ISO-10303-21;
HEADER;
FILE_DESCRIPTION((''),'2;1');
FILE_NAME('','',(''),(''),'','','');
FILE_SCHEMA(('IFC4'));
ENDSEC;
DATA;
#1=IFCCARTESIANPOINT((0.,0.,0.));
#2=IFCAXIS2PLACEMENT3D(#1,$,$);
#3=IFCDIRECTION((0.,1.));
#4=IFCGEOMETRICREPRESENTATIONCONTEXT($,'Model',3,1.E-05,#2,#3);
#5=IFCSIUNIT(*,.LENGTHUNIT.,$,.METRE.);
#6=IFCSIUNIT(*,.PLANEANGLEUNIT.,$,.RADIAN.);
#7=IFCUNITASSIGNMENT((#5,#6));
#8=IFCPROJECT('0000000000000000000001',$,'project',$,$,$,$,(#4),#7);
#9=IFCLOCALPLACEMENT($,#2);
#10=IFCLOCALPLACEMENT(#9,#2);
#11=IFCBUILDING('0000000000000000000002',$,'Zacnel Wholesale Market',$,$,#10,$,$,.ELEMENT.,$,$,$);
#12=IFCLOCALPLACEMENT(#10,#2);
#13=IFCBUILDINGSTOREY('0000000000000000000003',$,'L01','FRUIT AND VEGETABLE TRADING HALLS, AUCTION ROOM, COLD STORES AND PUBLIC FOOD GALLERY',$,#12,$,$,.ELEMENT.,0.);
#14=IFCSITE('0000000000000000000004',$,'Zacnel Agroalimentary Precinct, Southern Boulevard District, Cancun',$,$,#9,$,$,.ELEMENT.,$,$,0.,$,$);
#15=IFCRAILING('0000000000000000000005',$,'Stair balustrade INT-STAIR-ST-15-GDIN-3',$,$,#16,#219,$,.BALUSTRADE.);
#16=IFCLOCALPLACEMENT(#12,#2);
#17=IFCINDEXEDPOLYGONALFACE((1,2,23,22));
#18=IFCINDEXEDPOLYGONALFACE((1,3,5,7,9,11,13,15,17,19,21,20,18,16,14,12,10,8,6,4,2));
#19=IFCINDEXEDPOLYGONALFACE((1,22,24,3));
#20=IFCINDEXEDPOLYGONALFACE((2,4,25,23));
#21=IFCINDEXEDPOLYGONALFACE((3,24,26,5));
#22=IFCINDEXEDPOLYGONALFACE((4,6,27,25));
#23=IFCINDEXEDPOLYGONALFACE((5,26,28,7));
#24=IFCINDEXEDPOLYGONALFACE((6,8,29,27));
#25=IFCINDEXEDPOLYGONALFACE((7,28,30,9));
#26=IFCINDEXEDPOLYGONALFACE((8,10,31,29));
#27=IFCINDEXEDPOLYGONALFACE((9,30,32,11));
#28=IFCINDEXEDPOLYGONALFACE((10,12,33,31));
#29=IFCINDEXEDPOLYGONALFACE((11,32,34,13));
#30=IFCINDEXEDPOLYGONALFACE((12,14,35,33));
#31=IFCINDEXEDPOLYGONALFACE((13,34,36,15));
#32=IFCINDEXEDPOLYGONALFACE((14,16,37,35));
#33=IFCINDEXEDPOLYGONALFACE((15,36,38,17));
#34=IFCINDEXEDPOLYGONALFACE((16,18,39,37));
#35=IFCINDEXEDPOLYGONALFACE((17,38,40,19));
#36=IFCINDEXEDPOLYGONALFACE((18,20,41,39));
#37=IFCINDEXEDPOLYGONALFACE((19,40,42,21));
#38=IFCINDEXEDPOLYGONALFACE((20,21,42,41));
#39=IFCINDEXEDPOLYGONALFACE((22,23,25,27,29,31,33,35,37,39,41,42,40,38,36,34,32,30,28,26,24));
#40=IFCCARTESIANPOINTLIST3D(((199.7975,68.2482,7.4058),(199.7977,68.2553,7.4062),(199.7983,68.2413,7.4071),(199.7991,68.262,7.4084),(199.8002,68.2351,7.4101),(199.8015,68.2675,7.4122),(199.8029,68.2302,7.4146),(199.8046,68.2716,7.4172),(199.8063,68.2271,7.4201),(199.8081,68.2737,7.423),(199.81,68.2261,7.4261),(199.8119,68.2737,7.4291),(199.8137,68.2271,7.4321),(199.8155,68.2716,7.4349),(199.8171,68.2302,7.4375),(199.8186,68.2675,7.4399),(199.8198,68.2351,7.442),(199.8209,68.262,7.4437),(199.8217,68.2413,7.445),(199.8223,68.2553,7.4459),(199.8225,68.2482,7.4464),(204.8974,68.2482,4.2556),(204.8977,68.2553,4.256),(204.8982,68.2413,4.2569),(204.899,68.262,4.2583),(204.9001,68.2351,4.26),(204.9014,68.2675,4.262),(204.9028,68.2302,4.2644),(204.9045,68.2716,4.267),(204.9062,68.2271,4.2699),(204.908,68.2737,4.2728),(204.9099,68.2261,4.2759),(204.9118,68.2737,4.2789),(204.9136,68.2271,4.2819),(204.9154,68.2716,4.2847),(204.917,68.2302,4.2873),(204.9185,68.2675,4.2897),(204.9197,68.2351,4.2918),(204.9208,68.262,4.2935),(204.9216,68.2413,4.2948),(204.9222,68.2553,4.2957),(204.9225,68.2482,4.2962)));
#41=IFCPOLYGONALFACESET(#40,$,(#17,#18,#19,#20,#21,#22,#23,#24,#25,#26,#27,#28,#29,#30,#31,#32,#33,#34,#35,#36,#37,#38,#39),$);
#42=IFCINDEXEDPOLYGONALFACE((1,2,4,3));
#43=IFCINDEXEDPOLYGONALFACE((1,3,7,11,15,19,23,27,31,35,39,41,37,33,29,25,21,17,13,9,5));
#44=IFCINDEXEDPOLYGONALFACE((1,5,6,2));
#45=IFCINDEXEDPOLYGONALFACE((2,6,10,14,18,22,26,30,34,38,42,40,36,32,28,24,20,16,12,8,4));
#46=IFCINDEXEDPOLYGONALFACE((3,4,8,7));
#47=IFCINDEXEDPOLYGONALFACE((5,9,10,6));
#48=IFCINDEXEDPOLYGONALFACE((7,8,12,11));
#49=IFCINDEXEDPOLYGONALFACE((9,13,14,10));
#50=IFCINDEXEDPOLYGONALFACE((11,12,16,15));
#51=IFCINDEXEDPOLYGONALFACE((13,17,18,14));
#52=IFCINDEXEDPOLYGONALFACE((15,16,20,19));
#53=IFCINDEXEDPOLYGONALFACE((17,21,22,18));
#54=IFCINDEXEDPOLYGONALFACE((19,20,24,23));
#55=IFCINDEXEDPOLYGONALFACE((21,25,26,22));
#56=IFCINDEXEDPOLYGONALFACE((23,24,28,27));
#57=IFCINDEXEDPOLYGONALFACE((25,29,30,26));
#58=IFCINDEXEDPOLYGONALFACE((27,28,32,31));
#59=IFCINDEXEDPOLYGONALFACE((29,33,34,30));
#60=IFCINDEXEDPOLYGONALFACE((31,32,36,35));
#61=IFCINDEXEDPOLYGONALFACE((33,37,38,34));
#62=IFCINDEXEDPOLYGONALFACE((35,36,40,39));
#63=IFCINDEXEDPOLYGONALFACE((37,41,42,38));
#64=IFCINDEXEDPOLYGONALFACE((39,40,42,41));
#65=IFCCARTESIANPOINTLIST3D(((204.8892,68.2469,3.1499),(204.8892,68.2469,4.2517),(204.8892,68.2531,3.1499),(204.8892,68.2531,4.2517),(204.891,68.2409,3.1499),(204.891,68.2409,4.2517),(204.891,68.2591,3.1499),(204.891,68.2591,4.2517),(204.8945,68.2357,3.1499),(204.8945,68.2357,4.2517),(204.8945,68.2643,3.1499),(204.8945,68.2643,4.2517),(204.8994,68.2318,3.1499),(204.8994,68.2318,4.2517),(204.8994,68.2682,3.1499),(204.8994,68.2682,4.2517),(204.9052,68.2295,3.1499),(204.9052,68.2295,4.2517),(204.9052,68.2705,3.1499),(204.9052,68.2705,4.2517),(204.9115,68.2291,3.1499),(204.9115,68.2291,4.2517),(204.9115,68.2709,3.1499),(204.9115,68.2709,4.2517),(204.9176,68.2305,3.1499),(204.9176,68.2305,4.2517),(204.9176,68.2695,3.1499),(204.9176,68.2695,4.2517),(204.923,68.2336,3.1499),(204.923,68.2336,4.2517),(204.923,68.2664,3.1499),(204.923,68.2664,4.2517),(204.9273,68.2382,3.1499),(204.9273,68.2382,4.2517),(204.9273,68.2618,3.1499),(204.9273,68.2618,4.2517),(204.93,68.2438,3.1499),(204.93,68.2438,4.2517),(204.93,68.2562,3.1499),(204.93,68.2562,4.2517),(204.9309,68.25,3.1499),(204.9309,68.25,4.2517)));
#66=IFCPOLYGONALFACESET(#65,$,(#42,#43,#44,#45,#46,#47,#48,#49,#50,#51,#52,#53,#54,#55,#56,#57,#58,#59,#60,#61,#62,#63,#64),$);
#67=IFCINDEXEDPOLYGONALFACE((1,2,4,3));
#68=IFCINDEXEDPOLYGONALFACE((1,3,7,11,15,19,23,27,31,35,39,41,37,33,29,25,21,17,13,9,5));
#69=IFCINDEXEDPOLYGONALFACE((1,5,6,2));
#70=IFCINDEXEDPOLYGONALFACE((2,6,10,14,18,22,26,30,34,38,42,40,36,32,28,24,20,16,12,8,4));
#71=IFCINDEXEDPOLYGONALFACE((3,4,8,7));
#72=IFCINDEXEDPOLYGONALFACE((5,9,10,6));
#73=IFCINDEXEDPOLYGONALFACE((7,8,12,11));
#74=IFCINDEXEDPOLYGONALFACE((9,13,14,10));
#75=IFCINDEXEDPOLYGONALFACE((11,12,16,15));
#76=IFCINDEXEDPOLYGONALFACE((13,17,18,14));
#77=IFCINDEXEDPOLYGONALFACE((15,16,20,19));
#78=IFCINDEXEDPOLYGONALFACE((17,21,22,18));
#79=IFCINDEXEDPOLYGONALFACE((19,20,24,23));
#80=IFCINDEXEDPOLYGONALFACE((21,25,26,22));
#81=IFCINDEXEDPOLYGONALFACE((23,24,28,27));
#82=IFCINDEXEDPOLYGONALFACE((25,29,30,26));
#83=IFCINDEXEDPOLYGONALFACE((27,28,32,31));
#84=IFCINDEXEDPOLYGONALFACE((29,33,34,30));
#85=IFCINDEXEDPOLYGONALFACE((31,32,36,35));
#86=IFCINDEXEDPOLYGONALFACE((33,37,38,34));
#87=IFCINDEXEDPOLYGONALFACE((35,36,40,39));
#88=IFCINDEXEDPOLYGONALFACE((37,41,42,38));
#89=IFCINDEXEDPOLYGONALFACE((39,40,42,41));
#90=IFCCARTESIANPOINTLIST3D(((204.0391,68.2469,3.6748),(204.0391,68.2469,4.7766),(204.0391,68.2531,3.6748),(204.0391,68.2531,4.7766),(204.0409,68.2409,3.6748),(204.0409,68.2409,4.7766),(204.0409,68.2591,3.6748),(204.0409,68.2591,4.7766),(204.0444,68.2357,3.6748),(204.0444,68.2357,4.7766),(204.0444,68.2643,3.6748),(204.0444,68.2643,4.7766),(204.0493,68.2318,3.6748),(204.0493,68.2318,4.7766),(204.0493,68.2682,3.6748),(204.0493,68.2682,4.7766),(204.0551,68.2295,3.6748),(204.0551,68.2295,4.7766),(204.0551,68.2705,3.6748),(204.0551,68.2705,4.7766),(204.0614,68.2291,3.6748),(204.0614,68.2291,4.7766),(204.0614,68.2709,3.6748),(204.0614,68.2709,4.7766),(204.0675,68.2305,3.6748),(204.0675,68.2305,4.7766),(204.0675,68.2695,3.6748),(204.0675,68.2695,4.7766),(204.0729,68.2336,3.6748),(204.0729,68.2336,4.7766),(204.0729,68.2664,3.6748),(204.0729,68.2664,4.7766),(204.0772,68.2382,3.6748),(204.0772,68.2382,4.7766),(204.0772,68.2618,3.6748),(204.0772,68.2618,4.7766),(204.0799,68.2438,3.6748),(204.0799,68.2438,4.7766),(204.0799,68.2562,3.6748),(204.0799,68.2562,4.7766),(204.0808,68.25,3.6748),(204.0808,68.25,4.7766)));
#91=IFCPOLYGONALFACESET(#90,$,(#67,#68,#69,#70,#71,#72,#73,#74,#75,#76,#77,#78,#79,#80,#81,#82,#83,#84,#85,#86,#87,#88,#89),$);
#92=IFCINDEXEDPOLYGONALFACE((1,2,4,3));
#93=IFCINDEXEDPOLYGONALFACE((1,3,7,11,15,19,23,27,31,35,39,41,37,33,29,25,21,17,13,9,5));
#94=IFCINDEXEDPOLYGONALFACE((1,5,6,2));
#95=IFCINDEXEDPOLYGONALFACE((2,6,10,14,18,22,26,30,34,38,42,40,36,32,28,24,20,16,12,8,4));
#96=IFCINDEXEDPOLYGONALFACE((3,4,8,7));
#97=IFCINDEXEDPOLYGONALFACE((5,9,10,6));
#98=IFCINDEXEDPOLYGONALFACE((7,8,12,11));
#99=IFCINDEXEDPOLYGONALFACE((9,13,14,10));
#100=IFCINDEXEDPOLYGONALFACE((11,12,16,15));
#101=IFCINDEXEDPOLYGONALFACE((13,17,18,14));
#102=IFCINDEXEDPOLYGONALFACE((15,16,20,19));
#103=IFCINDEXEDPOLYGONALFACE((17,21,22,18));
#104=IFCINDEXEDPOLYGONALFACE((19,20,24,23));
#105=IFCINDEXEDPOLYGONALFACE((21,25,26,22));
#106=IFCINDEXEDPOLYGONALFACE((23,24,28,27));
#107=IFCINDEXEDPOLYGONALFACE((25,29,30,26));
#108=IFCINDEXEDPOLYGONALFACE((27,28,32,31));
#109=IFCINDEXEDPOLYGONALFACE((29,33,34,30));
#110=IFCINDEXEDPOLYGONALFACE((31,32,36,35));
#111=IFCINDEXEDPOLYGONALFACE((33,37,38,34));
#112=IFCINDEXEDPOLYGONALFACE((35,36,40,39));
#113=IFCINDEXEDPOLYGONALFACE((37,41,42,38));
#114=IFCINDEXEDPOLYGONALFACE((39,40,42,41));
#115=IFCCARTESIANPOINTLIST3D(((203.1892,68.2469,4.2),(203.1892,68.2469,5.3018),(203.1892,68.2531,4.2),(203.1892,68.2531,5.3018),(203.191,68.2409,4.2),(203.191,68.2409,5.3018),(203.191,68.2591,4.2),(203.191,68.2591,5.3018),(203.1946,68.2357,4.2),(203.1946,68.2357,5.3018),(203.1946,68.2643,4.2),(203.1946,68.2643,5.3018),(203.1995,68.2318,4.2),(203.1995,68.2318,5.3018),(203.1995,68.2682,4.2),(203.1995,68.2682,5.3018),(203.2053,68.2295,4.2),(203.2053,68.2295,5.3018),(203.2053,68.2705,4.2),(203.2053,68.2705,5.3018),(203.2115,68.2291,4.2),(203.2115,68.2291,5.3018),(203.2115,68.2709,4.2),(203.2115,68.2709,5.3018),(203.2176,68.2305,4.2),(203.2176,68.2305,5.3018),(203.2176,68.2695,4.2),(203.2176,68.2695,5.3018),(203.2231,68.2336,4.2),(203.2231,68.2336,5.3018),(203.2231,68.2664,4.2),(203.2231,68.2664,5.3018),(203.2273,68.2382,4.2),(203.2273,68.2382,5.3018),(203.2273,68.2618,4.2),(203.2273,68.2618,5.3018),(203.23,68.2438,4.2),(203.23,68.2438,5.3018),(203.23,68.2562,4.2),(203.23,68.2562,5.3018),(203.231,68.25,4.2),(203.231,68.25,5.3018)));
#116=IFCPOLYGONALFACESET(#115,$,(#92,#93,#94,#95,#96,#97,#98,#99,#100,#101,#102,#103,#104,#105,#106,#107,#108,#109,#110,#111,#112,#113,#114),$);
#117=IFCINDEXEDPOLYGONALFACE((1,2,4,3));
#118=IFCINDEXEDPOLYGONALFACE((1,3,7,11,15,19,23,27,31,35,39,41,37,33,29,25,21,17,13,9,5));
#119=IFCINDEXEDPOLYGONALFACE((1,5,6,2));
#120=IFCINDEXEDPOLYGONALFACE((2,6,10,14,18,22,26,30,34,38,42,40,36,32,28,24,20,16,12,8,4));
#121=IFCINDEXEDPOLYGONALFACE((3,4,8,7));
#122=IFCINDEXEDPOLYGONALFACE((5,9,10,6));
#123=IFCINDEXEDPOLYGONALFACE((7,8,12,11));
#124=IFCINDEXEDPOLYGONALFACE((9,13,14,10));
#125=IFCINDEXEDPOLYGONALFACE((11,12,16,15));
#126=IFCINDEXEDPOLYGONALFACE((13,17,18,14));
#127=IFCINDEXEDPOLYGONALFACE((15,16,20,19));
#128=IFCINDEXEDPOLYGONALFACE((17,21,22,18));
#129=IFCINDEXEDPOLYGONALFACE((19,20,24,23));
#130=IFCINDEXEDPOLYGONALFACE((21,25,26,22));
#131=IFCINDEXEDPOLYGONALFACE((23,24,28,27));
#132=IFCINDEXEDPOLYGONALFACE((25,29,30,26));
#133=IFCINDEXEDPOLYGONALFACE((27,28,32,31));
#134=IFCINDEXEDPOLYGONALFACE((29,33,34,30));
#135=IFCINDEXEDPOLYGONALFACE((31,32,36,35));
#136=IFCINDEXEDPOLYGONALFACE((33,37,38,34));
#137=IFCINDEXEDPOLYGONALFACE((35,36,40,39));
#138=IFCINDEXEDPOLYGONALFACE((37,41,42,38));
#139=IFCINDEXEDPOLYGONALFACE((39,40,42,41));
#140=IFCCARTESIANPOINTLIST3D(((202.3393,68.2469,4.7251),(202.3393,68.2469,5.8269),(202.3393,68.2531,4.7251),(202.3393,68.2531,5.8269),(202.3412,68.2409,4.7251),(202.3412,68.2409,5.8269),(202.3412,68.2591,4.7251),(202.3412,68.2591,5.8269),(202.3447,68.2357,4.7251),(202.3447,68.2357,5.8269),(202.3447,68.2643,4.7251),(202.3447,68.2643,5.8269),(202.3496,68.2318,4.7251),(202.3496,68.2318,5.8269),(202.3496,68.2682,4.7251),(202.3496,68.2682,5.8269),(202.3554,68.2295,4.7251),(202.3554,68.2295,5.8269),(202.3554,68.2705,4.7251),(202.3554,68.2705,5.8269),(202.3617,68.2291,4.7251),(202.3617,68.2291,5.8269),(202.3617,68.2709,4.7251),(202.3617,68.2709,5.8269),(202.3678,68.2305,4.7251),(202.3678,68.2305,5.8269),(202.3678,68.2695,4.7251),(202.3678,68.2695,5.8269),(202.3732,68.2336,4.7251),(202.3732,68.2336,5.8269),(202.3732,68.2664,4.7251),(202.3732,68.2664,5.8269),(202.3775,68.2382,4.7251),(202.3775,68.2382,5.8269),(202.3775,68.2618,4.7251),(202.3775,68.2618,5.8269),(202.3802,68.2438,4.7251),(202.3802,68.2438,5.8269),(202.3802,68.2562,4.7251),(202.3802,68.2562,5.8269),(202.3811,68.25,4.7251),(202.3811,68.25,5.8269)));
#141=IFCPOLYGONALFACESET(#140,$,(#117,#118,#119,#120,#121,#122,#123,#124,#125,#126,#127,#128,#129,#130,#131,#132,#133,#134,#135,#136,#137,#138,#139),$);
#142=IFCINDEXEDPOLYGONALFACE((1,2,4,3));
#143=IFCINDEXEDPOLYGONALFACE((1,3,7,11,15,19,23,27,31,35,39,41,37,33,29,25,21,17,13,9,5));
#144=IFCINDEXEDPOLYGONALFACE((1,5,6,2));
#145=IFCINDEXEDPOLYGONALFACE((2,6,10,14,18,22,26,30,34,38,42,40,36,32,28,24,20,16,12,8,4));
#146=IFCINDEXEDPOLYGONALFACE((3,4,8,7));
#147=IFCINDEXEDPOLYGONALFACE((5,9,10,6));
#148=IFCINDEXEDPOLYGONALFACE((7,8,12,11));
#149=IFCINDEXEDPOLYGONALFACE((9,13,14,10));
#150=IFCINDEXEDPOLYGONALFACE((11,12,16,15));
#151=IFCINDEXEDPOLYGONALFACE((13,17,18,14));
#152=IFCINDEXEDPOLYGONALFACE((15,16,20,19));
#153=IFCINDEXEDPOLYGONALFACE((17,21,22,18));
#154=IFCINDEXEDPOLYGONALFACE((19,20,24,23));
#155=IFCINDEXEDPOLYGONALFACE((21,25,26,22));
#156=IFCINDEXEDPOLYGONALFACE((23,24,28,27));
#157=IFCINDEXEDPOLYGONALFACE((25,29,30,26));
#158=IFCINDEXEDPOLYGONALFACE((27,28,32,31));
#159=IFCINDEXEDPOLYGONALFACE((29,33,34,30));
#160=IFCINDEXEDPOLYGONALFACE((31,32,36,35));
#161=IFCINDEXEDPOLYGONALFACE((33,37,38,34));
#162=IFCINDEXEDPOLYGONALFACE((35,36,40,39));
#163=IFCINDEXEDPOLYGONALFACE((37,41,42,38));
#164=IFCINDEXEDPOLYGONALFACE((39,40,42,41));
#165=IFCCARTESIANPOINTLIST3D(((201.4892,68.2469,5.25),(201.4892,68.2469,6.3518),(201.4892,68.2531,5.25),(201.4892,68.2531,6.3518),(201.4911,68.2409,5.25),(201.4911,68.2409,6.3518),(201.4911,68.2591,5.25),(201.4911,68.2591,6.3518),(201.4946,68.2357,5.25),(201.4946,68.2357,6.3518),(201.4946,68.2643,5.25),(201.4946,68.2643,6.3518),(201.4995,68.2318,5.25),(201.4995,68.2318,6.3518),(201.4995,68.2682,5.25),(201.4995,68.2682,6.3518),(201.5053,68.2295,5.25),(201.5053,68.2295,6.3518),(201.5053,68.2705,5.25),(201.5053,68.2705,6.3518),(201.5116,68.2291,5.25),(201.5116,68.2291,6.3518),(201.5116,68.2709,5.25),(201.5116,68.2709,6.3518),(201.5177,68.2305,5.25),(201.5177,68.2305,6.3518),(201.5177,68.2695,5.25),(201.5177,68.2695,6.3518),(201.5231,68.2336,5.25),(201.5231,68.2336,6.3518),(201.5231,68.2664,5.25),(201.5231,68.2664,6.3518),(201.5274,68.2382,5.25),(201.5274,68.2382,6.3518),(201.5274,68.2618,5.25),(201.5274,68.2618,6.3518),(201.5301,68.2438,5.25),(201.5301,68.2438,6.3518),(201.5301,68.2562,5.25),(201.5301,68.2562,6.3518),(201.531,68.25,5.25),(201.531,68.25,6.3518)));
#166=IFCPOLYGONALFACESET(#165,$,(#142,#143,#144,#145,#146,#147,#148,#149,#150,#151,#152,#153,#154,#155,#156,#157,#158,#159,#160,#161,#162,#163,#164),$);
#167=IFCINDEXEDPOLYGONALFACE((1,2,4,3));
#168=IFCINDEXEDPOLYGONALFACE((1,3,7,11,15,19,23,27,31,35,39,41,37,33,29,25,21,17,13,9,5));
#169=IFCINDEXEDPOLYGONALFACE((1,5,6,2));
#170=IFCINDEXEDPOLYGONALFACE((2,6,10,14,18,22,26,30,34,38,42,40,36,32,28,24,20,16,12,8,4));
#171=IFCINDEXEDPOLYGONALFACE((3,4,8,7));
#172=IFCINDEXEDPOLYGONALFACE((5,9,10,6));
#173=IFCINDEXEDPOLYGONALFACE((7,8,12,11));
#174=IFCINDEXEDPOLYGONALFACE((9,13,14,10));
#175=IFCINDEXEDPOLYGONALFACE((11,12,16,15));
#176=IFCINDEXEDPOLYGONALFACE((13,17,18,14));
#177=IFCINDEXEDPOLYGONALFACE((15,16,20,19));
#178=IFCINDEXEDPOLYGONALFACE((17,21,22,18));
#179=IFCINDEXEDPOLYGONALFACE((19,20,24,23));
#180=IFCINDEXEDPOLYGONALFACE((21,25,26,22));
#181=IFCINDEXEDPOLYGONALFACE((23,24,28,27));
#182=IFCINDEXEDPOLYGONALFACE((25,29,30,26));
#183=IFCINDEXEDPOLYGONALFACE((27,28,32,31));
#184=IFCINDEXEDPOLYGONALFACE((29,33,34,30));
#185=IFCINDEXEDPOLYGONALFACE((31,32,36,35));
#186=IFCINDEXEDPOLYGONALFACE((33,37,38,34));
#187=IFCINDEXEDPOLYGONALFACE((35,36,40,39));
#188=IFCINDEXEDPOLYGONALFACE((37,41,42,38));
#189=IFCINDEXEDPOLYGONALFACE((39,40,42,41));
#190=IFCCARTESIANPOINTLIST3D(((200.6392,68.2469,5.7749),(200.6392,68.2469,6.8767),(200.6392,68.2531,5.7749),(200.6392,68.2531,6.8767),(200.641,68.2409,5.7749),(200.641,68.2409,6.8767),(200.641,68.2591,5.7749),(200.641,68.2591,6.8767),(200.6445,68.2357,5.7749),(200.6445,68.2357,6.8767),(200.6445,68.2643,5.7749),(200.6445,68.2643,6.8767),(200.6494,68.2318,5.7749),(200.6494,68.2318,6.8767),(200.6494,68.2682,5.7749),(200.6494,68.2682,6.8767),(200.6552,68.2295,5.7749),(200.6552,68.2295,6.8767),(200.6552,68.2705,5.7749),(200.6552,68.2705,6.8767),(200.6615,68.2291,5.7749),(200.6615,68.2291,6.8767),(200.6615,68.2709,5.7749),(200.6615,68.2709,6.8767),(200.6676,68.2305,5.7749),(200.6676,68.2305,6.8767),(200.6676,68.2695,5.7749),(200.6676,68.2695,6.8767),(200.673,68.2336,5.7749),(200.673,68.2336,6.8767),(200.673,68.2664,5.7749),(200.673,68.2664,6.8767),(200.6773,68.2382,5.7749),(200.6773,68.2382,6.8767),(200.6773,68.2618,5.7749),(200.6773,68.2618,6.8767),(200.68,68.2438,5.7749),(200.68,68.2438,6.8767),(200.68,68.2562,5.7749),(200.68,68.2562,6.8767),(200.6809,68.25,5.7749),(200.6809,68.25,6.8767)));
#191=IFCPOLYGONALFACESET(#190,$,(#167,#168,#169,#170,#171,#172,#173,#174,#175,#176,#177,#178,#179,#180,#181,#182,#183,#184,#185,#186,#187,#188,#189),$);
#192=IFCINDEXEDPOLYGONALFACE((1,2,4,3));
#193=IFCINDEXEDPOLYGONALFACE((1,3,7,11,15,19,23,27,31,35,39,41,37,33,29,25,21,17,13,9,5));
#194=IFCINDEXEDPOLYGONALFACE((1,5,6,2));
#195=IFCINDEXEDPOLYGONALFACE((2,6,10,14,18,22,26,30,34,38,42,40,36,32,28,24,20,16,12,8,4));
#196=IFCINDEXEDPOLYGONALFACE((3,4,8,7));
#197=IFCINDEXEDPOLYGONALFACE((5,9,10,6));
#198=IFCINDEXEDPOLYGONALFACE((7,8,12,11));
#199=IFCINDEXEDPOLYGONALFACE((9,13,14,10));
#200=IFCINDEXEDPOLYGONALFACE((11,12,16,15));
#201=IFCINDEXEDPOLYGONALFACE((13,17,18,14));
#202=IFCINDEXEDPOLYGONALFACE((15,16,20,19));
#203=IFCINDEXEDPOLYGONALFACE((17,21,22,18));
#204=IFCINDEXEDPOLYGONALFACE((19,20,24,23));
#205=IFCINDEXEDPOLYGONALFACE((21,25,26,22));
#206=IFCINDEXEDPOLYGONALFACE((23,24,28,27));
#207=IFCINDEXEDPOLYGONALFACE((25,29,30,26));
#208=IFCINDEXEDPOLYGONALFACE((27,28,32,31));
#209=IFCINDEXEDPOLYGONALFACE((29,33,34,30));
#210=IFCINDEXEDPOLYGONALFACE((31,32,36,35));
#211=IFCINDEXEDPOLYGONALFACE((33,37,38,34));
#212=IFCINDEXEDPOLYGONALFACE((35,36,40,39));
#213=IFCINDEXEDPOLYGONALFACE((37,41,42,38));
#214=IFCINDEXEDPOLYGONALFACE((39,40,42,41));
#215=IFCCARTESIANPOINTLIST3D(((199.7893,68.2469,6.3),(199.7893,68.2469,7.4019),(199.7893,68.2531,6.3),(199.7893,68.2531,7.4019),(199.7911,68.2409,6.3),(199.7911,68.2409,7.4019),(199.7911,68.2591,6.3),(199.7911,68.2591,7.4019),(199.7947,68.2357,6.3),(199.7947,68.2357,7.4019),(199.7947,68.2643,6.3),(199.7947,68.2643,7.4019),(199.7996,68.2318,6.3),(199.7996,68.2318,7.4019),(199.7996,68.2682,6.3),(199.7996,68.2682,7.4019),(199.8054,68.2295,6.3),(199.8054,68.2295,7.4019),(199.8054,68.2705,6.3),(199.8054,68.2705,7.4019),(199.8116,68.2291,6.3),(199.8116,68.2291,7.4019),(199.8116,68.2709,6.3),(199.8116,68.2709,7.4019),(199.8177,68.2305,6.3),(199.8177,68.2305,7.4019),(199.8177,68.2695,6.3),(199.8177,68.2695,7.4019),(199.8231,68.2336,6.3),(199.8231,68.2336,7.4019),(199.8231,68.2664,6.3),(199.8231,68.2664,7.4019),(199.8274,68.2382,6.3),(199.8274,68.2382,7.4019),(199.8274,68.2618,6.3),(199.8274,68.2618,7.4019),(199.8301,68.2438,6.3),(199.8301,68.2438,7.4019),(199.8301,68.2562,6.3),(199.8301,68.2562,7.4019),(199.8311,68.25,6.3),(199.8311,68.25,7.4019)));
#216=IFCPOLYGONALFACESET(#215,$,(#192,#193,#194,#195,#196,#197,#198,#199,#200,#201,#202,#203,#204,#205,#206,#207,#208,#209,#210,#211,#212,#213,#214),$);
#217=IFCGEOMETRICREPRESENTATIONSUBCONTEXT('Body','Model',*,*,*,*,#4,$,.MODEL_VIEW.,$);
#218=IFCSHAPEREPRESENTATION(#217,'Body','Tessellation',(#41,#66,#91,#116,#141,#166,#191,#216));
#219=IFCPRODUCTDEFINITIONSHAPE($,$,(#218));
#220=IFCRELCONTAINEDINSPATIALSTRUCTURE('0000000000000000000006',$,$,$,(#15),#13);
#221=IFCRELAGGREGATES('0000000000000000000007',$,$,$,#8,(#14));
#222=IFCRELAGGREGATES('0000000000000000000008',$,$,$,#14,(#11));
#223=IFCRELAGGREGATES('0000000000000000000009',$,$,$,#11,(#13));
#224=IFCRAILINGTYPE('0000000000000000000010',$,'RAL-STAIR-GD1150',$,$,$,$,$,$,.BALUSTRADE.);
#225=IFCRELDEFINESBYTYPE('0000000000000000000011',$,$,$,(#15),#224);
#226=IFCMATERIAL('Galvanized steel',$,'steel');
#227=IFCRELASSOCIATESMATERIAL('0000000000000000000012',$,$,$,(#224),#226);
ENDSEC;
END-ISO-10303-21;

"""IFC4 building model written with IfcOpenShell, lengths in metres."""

from ifc_helpers import new_model, si_unit, direction, frame, origin, origin_2d, place, context, subcontext, project, spatial, circle, extrude, material, type_object, element, save


model = new_model("IFC4")

# Units and contexts
model_context = context("Model", 3, precision=1e-05, world=origin(), true_north=direction((0.0, 1.0)))
body_context = subcontext(model_context, "Body", "Model", "MODEL_VIEW")
ifc_project = project(units=[si_unit("LENGTHUNIT", "METRE"), si_unit("PLANEANGLEUNIT", "RADIAN")], contexts=[model_context])

# Site, building, storey
site_placement = place(None, origin())
site = spatial("IfcSite", under=ifc_project, at=site_placement, Name="Zacnel Agroalimentary Precinct, Southern Boulevard District, Cancun", CompositionType="ELEMENT", RefElevation=0.0)
building_placement = place(site_placement, origin())
building = spatial("IfcBuilding", under=site, at=building_placement, Name="Zacnel Wholesale Market", CompositionType="ELEMENT")
storey_placement = place(building_placement, origin())
storey = spatial("IfcBuildingStorey", under=building, at=storey_placement, Name="L01", Description="FRUIT AND VEGETABLE TRADING HALLS, AUCTION ROOM, COLD STORES AND PUBLIC FOOD GALLERY", CompositionType="ELEMENT", Elevation=0.0)

# Railing
ifc_material_1 = material(Name="Galvanized steel", Category="steel")
railing_type = type_object("IfcRailingType", Name="RAL-STAIR-GD1150", PredefinedType="BALUSTRADE", material=ifc_material_1)
railing_1_placement = place(storey_placement, frame((204.9099, 68.25, 3.1499)))
element("IfcRailing", 1, at=railing_1_placement, inside=storey, type_object=railing_type, Name="Stair balustrade INT-STAIR-ST-15-GDIN-3", PredefinedType="BALUSTRADE", context=body_context, shape_type="SweptSolid", body=[
    extrude(circle(Radius=0.0239, at=origin_2d()), frame((0.0, 0.0, 1.126), z_axis=(-0.85078, 0.0, 0.525521), x_axis=(0.0, -1.0, 0.0)), (0.0, 0.0, 1.0), 5.9944),
    extrude(circle(Radius=0.021, at=origin_2d()), origin(), (0.0, 0.0, 1.0), 1.1018),
    extrude(circle(Radius=0.021, at=origin_2d()), frame((-0.8501, 0.0, 0.5249)), (0.0, 0.0, 1.0), 1.1018),
    extrude(circle(Radius=0.021, at=origin_2d()), frame((-1.7, 0.0, 1.05)), (0.0, 0.0, 1.0), 1.1018),
    extrude(circle(Radius=0.021, at=origin_2d()), frame((-2.5498, 0.0, 1.5752)), (0.0, 0.0, 1.0), 1.1018),
    extrude(circle(Radius=0.021, at=origin_2d()), frame((-3.3999, 0.0, 2.1001)), (0.0, 0.0, 1.0), 1.1018),
    extrude(circle(Radius=0.021, at=origin_2d()), frame((-4.25, 0.0, 2.625)), (0.0, 0.0, 1.0), 1.1018),
    extrude(circle(Radius=0.021, at=origin_2d()), frame((-5.0999, 0.0, 3.1501)), (0.0, 0.0, 1.0), 1.1018),
])

save(model, "model.ifc")
